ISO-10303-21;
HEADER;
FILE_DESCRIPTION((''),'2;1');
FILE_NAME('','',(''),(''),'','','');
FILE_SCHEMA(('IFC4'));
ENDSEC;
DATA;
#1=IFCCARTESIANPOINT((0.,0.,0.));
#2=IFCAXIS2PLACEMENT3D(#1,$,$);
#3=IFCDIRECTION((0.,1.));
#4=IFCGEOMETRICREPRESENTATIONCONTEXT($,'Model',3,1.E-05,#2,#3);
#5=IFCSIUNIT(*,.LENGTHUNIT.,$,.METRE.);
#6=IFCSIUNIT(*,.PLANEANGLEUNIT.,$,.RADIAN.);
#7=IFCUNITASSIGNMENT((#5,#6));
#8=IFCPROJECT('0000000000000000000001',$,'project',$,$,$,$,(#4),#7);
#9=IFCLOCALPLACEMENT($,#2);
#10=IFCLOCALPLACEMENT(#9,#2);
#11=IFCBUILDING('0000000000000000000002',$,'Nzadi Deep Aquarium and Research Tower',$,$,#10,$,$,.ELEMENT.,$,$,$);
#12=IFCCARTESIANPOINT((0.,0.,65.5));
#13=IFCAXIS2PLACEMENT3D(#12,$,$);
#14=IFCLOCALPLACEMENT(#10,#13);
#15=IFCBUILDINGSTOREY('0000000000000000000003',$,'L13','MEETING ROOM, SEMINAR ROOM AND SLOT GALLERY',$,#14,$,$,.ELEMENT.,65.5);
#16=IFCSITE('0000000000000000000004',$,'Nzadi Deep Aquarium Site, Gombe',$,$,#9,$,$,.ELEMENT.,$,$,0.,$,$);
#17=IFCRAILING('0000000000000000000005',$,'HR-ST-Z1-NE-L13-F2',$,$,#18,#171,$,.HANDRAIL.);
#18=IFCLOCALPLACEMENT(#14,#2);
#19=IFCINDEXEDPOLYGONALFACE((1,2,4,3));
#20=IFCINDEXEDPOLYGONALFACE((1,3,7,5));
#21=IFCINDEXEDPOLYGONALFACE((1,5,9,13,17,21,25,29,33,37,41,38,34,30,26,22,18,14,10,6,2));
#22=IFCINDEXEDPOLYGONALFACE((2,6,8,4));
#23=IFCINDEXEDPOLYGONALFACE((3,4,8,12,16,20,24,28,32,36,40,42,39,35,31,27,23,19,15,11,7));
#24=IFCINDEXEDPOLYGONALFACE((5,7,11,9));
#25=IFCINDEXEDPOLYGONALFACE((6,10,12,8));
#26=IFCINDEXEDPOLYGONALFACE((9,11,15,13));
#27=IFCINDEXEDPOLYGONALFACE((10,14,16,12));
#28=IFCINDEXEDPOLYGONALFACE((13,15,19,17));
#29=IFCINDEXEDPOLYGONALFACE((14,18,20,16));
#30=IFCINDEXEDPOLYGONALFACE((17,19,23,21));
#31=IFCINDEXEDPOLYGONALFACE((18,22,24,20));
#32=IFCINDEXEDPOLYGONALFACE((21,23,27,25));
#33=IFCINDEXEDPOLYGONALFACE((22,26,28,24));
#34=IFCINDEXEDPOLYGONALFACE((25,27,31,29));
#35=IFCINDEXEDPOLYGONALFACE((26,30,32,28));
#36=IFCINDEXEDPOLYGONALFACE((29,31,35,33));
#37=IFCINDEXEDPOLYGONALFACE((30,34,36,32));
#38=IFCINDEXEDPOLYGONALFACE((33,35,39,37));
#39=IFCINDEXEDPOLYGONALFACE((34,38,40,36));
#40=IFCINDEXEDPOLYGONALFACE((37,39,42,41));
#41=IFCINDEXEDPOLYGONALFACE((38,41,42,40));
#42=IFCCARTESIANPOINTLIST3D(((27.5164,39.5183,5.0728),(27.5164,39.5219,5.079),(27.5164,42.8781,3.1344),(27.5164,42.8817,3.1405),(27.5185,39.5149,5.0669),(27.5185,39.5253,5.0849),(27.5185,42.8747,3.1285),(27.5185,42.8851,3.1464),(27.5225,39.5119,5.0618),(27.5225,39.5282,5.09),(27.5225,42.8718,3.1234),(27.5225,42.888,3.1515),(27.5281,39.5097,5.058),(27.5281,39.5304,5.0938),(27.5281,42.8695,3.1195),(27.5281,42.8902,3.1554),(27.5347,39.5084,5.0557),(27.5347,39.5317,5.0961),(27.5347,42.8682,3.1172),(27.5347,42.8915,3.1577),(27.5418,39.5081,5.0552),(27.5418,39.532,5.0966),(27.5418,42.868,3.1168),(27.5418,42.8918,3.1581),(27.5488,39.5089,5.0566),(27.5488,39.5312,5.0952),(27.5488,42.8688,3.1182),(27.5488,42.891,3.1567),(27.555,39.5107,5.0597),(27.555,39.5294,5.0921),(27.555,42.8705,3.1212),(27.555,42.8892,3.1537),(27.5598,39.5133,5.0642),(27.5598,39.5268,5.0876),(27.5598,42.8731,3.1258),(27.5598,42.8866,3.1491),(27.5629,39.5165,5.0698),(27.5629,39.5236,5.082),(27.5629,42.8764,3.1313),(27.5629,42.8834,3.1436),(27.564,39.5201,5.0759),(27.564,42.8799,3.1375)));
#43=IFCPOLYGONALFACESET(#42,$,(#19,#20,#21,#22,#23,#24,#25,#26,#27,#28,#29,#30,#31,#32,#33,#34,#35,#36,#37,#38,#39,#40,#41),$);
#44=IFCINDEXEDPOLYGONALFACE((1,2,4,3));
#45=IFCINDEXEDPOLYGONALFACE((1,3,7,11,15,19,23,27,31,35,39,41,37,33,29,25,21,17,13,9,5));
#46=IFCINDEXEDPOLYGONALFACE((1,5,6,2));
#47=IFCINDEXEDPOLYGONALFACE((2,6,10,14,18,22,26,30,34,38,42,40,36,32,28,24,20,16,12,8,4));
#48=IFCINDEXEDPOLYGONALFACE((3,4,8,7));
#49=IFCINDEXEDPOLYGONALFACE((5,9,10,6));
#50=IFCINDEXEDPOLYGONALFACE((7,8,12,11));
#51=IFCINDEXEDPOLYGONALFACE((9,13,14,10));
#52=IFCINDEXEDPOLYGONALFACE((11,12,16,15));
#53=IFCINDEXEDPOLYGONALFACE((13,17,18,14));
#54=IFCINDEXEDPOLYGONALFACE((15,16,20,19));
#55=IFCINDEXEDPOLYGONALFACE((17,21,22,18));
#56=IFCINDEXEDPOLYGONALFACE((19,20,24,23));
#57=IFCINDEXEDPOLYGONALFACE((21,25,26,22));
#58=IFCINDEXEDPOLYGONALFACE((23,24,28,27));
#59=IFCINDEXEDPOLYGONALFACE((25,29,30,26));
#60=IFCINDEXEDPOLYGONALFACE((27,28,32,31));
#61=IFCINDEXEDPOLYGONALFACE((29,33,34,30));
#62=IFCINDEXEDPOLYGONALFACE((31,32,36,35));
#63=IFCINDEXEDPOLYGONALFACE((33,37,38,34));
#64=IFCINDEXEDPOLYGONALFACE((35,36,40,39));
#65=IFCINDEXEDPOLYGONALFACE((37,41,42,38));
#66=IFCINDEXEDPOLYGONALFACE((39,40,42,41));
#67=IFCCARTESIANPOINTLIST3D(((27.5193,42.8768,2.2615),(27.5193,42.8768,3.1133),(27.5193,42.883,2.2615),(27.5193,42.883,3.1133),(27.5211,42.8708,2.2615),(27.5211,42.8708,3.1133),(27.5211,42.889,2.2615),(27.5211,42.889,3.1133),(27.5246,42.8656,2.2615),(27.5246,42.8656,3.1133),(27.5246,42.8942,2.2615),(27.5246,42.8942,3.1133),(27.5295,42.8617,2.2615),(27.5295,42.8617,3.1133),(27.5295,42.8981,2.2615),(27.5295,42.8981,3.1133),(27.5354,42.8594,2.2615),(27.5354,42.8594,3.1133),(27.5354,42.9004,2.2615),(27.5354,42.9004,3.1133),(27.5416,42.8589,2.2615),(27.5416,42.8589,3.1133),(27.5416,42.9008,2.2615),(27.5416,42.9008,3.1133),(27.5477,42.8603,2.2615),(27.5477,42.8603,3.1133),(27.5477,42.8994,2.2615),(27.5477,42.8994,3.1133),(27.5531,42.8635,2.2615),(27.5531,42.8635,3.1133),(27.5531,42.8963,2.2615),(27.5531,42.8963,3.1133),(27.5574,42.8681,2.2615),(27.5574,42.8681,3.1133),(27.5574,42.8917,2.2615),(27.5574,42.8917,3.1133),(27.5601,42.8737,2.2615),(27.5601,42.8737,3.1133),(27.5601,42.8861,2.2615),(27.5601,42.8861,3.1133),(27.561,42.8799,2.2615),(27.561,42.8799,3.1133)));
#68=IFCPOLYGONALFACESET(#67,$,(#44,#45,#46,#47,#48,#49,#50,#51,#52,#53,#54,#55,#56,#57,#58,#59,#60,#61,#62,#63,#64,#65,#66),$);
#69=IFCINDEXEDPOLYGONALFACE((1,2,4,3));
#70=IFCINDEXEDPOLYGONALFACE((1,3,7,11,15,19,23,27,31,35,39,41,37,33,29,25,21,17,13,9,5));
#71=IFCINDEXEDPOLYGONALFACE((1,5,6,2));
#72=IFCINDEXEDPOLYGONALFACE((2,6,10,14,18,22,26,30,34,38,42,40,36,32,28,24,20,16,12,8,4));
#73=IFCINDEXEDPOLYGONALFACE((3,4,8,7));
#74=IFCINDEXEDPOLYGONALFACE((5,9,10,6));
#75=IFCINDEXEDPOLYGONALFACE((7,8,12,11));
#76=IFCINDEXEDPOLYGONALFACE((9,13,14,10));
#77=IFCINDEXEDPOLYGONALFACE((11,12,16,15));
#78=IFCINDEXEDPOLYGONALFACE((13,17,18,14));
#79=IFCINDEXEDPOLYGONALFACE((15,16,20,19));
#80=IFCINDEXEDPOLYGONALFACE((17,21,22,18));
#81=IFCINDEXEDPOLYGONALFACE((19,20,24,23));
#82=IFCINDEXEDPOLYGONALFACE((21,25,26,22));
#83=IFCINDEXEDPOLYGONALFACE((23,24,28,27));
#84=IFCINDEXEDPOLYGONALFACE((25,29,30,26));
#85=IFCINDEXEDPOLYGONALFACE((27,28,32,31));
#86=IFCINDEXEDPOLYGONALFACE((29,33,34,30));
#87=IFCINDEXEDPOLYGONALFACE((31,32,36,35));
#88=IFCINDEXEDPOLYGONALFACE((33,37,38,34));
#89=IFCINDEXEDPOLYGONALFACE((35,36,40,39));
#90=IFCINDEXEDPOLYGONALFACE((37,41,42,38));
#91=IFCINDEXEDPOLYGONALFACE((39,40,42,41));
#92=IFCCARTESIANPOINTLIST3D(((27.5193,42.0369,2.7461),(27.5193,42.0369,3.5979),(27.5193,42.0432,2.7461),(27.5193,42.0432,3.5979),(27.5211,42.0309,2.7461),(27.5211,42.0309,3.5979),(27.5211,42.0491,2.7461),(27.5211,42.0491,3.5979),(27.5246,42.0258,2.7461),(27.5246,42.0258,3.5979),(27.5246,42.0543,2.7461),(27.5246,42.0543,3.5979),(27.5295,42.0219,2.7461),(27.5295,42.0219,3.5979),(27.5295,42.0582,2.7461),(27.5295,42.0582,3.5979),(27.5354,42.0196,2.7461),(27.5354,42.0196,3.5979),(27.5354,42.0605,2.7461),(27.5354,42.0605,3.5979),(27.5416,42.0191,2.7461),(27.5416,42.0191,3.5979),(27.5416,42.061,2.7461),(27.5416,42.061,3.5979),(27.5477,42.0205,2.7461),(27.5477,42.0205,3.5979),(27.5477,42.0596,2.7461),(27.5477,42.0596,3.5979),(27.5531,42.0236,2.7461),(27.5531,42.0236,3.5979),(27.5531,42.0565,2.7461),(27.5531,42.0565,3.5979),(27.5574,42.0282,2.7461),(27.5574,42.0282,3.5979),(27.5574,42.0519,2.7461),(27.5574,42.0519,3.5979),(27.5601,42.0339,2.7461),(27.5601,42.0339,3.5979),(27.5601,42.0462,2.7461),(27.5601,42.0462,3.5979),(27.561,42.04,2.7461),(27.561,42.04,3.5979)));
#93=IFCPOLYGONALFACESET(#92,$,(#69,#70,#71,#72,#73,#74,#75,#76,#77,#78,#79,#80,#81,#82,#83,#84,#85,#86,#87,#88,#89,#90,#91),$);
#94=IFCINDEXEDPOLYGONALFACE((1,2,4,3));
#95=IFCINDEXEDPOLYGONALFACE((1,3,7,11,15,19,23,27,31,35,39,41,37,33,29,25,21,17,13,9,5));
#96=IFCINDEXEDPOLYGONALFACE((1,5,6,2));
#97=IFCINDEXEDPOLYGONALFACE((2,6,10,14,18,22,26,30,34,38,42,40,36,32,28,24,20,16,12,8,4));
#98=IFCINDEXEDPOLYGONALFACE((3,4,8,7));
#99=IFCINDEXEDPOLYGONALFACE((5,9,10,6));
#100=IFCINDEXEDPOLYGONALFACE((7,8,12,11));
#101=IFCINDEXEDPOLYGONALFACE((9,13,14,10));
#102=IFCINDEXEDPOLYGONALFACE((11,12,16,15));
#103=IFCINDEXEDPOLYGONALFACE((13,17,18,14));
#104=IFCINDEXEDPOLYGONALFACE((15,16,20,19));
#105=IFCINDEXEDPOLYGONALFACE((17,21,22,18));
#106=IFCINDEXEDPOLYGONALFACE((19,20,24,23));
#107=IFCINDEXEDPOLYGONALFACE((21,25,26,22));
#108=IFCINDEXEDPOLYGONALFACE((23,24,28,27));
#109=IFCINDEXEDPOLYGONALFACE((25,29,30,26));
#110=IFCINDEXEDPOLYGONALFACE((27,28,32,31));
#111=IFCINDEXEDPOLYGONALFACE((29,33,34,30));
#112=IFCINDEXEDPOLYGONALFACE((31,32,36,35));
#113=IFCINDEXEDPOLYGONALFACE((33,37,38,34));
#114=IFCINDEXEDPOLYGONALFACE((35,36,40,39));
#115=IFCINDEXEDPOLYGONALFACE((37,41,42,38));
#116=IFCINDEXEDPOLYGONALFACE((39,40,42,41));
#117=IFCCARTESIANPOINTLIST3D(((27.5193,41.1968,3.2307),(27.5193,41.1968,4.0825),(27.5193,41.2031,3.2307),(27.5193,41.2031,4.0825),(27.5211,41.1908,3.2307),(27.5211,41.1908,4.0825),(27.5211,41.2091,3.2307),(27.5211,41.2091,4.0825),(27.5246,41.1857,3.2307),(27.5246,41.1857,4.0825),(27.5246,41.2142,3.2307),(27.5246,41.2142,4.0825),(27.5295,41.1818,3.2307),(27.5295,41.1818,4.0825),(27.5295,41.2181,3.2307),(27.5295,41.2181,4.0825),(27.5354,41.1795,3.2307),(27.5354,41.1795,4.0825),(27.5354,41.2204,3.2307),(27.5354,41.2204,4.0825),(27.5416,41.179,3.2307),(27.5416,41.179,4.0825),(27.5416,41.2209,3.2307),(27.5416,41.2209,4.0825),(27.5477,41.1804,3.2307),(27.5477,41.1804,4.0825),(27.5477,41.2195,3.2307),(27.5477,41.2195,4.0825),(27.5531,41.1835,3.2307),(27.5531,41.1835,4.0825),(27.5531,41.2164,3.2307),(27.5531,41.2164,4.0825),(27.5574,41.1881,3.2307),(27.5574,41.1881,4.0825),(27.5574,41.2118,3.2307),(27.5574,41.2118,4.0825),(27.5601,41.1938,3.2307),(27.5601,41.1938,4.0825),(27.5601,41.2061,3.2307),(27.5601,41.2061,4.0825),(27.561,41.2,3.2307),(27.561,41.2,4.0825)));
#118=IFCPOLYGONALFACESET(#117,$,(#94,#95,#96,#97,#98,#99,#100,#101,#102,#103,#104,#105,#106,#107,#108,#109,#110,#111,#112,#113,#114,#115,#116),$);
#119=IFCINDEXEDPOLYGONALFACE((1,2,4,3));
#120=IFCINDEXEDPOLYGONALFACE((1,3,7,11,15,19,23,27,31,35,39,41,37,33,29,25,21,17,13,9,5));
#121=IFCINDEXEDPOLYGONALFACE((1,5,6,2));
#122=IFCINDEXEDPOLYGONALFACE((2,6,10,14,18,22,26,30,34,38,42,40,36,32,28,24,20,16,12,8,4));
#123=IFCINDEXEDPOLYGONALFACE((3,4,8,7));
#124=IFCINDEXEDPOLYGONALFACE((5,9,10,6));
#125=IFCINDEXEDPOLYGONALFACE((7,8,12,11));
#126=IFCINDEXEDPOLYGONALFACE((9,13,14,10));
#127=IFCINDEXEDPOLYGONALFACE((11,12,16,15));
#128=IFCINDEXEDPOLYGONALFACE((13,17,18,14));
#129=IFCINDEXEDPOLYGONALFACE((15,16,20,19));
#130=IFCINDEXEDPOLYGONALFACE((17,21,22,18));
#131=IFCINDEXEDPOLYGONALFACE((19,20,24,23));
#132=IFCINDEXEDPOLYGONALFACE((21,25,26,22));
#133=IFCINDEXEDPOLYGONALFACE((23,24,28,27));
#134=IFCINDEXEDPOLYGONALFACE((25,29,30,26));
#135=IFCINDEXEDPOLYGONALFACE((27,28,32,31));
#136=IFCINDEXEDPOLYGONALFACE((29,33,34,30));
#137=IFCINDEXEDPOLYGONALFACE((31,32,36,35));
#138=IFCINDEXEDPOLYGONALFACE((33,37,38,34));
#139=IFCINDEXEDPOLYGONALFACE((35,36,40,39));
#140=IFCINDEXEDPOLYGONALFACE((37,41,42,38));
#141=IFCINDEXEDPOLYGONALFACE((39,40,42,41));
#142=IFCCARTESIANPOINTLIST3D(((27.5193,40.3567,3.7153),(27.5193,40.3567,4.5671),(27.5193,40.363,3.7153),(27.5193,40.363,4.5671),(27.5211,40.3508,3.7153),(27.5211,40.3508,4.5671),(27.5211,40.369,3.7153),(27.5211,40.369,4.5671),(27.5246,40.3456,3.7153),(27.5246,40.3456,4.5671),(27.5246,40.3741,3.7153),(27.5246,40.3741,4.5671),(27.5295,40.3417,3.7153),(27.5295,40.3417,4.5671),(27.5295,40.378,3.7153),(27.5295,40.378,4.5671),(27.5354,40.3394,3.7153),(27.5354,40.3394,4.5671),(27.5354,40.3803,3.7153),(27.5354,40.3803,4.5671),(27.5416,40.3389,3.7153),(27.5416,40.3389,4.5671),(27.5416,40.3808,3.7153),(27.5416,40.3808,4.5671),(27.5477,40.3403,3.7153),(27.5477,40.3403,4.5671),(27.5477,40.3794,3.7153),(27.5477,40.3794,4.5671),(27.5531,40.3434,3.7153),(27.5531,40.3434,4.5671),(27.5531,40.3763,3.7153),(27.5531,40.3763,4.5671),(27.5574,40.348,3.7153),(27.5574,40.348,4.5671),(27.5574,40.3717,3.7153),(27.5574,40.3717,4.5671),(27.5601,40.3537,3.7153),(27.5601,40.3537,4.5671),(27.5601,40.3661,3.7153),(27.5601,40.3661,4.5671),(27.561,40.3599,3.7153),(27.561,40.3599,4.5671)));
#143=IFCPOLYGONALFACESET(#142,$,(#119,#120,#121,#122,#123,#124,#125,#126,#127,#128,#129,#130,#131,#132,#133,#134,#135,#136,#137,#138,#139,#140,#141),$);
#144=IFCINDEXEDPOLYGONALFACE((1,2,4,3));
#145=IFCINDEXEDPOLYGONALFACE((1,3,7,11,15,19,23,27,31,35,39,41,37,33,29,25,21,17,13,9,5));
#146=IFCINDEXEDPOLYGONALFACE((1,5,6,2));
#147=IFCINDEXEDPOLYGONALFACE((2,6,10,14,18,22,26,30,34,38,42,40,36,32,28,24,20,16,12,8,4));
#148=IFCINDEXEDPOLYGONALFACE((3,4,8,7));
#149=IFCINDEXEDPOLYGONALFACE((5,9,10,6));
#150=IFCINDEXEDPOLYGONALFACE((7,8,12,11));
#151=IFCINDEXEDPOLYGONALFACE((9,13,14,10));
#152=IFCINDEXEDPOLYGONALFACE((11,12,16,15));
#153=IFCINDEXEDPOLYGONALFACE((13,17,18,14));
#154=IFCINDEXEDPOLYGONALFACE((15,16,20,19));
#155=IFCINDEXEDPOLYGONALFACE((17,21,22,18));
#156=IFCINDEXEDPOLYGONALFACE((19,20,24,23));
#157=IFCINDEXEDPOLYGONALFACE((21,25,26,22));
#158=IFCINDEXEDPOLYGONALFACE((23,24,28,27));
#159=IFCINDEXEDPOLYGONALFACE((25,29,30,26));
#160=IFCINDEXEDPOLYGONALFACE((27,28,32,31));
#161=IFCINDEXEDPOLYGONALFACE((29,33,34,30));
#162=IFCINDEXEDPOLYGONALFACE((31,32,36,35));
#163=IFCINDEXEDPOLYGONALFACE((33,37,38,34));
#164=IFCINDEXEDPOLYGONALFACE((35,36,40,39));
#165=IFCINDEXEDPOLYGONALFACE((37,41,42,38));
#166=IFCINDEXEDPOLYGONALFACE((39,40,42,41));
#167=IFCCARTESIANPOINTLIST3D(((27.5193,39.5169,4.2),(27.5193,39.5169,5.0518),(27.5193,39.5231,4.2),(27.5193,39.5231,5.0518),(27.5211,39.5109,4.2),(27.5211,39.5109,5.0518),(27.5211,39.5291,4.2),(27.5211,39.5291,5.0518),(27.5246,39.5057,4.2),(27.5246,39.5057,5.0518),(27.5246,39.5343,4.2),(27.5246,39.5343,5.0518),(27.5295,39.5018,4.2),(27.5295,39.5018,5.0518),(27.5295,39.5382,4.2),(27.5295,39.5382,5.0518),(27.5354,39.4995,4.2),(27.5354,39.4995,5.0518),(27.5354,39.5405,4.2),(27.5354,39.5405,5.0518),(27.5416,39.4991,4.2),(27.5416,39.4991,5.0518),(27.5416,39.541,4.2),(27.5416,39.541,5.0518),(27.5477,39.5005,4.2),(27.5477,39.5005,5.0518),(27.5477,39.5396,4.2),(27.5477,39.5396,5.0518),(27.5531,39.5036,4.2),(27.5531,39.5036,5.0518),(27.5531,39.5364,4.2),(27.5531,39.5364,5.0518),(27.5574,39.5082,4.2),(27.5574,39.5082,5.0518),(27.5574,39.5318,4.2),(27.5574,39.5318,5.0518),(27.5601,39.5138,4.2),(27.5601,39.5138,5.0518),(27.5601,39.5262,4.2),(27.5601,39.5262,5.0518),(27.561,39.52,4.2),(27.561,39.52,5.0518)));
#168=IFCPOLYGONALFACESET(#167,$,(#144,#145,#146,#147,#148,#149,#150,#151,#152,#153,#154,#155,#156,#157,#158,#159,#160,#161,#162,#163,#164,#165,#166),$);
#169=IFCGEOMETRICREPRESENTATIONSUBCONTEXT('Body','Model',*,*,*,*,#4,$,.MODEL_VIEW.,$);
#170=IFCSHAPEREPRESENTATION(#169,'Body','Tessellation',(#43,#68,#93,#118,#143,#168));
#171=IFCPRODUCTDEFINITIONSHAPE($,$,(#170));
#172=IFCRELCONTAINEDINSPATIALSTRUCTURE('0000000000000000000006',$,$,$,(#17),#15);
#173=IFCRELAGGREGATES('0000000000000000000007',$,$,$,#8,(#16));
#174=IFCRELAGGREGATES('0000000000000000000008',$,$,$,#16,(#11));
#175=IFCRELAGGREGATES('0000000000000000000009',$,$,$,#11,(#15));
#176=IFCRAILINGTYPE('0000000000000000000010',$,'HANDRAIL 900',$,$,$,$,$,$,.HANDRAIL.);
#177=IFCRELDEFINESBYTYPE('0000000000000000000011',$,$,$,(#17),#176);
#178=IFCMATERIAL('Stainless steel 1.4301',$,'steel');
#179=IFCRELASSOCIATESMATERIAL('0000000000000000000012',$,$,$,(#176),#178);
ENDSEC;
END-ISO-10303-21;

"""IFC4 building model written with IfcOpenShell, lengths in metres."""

from ifc_helpers import new_model, si_unit, direction, frame, origin, origin_2d, place, context, subcontext, project, spatial, circle, extrude, material, type_object, element, save


model = new_model("IFC4")

# Units and contexts
model_context = context("Model", 3, precision=1e-05, world=origin(), true_north=direction((0.0, 1.0)))
body_context = subcontext(model_context, "Body", "Model", "MODEL_VIEW")
ifc_project = project(units=[si_unit("LENGTHUNIT", "METRE"), si_unit("PLANEANGLEUNIT", "RADIAN")], contexts=[model_context])

# Site, building, storey
site_placement = place(None, origin())
site = spatial("IfcSite", under=ifc_project, at=site_placement, Name="Nzadi Deep Aquarium Site, Gombe", CompositionType="ELEMENT", RefElevation=0.0)
building_placement = place(site_placement, origin())
building = spatial("IfcBuilding", under=site, at=building_placement, Name="Nzadi Deep Aquarium and Research Tower", CompositionType="ELEMENT")
storey_placement = place(building_placement, frame((0.0, 0.0, 65.5)))
storey = spatial("IfcBuildingStorey", under=building, at=storey_placement, Name="L13", Description="MEETING ROOM, SEMINAR ROOM AND SLOT GALLERY", CompositionType="ELEMENT", Elevation=65.5)

# Railing
ifc_material_1 = material(Name="Stainless steel 1.4301", Category="steel")
railing_type = type_object("IfcRailingType", Name="HANDRAIL 900", PredefinedType="HANDRAIL", material=ifc_material_1)
for number, where, name in (
    (1, (27.54, 42.8799, 2.2615), "HR-ST-Z1-NE-L13-F2"),
):
    element("IfcRailing", number, at=place(storey_placement, frame(where)), inside=storey, type_object=railing_type, Name=name, PredefinedType="HANDRAIL", context=body_context, shape_type="SweptSolid", body=[
        extrude(circle(Radius=0.0239, at=origin_2d()), frame((0.0, 0.0, 0.876), z_axis=(0.0, -0.866175, 0.499741), x_axis=(1.0, 0.0, 0.0)), (0.0, 0.0, 1.0), 3.8789),
        extrude(circle(Radius=0.021, at=origin_2d()), origin(), (0.0, 0.0, 1.0), 0.8518),
        extrude(circle(Radius=0.021, at=origin_2d()), frame((0.0, -0.8398, 0.4846)), (0.0, 0.0, 1.0), 0.8518),
        extrude(circle(Radius=0.021, at=origin_2d()), frame((0.0, -1.6799, 0.9692)), (0.0, 0.0, 1.0), 0.8518),
        extrude(circle(Radius=0.021, at=origin_2d()), frame((0.0, -2.52, 1.4539)), (0.0, 0.0, 1.0), 0.8518),
        extrude(circle(Radius=0.021, at=origin_2d()), frame((0.0, -3.3599, 1.9385)), (0.0, 0.0, 1.0), 0.8518),
    ])

save(model, "model.ifc")
